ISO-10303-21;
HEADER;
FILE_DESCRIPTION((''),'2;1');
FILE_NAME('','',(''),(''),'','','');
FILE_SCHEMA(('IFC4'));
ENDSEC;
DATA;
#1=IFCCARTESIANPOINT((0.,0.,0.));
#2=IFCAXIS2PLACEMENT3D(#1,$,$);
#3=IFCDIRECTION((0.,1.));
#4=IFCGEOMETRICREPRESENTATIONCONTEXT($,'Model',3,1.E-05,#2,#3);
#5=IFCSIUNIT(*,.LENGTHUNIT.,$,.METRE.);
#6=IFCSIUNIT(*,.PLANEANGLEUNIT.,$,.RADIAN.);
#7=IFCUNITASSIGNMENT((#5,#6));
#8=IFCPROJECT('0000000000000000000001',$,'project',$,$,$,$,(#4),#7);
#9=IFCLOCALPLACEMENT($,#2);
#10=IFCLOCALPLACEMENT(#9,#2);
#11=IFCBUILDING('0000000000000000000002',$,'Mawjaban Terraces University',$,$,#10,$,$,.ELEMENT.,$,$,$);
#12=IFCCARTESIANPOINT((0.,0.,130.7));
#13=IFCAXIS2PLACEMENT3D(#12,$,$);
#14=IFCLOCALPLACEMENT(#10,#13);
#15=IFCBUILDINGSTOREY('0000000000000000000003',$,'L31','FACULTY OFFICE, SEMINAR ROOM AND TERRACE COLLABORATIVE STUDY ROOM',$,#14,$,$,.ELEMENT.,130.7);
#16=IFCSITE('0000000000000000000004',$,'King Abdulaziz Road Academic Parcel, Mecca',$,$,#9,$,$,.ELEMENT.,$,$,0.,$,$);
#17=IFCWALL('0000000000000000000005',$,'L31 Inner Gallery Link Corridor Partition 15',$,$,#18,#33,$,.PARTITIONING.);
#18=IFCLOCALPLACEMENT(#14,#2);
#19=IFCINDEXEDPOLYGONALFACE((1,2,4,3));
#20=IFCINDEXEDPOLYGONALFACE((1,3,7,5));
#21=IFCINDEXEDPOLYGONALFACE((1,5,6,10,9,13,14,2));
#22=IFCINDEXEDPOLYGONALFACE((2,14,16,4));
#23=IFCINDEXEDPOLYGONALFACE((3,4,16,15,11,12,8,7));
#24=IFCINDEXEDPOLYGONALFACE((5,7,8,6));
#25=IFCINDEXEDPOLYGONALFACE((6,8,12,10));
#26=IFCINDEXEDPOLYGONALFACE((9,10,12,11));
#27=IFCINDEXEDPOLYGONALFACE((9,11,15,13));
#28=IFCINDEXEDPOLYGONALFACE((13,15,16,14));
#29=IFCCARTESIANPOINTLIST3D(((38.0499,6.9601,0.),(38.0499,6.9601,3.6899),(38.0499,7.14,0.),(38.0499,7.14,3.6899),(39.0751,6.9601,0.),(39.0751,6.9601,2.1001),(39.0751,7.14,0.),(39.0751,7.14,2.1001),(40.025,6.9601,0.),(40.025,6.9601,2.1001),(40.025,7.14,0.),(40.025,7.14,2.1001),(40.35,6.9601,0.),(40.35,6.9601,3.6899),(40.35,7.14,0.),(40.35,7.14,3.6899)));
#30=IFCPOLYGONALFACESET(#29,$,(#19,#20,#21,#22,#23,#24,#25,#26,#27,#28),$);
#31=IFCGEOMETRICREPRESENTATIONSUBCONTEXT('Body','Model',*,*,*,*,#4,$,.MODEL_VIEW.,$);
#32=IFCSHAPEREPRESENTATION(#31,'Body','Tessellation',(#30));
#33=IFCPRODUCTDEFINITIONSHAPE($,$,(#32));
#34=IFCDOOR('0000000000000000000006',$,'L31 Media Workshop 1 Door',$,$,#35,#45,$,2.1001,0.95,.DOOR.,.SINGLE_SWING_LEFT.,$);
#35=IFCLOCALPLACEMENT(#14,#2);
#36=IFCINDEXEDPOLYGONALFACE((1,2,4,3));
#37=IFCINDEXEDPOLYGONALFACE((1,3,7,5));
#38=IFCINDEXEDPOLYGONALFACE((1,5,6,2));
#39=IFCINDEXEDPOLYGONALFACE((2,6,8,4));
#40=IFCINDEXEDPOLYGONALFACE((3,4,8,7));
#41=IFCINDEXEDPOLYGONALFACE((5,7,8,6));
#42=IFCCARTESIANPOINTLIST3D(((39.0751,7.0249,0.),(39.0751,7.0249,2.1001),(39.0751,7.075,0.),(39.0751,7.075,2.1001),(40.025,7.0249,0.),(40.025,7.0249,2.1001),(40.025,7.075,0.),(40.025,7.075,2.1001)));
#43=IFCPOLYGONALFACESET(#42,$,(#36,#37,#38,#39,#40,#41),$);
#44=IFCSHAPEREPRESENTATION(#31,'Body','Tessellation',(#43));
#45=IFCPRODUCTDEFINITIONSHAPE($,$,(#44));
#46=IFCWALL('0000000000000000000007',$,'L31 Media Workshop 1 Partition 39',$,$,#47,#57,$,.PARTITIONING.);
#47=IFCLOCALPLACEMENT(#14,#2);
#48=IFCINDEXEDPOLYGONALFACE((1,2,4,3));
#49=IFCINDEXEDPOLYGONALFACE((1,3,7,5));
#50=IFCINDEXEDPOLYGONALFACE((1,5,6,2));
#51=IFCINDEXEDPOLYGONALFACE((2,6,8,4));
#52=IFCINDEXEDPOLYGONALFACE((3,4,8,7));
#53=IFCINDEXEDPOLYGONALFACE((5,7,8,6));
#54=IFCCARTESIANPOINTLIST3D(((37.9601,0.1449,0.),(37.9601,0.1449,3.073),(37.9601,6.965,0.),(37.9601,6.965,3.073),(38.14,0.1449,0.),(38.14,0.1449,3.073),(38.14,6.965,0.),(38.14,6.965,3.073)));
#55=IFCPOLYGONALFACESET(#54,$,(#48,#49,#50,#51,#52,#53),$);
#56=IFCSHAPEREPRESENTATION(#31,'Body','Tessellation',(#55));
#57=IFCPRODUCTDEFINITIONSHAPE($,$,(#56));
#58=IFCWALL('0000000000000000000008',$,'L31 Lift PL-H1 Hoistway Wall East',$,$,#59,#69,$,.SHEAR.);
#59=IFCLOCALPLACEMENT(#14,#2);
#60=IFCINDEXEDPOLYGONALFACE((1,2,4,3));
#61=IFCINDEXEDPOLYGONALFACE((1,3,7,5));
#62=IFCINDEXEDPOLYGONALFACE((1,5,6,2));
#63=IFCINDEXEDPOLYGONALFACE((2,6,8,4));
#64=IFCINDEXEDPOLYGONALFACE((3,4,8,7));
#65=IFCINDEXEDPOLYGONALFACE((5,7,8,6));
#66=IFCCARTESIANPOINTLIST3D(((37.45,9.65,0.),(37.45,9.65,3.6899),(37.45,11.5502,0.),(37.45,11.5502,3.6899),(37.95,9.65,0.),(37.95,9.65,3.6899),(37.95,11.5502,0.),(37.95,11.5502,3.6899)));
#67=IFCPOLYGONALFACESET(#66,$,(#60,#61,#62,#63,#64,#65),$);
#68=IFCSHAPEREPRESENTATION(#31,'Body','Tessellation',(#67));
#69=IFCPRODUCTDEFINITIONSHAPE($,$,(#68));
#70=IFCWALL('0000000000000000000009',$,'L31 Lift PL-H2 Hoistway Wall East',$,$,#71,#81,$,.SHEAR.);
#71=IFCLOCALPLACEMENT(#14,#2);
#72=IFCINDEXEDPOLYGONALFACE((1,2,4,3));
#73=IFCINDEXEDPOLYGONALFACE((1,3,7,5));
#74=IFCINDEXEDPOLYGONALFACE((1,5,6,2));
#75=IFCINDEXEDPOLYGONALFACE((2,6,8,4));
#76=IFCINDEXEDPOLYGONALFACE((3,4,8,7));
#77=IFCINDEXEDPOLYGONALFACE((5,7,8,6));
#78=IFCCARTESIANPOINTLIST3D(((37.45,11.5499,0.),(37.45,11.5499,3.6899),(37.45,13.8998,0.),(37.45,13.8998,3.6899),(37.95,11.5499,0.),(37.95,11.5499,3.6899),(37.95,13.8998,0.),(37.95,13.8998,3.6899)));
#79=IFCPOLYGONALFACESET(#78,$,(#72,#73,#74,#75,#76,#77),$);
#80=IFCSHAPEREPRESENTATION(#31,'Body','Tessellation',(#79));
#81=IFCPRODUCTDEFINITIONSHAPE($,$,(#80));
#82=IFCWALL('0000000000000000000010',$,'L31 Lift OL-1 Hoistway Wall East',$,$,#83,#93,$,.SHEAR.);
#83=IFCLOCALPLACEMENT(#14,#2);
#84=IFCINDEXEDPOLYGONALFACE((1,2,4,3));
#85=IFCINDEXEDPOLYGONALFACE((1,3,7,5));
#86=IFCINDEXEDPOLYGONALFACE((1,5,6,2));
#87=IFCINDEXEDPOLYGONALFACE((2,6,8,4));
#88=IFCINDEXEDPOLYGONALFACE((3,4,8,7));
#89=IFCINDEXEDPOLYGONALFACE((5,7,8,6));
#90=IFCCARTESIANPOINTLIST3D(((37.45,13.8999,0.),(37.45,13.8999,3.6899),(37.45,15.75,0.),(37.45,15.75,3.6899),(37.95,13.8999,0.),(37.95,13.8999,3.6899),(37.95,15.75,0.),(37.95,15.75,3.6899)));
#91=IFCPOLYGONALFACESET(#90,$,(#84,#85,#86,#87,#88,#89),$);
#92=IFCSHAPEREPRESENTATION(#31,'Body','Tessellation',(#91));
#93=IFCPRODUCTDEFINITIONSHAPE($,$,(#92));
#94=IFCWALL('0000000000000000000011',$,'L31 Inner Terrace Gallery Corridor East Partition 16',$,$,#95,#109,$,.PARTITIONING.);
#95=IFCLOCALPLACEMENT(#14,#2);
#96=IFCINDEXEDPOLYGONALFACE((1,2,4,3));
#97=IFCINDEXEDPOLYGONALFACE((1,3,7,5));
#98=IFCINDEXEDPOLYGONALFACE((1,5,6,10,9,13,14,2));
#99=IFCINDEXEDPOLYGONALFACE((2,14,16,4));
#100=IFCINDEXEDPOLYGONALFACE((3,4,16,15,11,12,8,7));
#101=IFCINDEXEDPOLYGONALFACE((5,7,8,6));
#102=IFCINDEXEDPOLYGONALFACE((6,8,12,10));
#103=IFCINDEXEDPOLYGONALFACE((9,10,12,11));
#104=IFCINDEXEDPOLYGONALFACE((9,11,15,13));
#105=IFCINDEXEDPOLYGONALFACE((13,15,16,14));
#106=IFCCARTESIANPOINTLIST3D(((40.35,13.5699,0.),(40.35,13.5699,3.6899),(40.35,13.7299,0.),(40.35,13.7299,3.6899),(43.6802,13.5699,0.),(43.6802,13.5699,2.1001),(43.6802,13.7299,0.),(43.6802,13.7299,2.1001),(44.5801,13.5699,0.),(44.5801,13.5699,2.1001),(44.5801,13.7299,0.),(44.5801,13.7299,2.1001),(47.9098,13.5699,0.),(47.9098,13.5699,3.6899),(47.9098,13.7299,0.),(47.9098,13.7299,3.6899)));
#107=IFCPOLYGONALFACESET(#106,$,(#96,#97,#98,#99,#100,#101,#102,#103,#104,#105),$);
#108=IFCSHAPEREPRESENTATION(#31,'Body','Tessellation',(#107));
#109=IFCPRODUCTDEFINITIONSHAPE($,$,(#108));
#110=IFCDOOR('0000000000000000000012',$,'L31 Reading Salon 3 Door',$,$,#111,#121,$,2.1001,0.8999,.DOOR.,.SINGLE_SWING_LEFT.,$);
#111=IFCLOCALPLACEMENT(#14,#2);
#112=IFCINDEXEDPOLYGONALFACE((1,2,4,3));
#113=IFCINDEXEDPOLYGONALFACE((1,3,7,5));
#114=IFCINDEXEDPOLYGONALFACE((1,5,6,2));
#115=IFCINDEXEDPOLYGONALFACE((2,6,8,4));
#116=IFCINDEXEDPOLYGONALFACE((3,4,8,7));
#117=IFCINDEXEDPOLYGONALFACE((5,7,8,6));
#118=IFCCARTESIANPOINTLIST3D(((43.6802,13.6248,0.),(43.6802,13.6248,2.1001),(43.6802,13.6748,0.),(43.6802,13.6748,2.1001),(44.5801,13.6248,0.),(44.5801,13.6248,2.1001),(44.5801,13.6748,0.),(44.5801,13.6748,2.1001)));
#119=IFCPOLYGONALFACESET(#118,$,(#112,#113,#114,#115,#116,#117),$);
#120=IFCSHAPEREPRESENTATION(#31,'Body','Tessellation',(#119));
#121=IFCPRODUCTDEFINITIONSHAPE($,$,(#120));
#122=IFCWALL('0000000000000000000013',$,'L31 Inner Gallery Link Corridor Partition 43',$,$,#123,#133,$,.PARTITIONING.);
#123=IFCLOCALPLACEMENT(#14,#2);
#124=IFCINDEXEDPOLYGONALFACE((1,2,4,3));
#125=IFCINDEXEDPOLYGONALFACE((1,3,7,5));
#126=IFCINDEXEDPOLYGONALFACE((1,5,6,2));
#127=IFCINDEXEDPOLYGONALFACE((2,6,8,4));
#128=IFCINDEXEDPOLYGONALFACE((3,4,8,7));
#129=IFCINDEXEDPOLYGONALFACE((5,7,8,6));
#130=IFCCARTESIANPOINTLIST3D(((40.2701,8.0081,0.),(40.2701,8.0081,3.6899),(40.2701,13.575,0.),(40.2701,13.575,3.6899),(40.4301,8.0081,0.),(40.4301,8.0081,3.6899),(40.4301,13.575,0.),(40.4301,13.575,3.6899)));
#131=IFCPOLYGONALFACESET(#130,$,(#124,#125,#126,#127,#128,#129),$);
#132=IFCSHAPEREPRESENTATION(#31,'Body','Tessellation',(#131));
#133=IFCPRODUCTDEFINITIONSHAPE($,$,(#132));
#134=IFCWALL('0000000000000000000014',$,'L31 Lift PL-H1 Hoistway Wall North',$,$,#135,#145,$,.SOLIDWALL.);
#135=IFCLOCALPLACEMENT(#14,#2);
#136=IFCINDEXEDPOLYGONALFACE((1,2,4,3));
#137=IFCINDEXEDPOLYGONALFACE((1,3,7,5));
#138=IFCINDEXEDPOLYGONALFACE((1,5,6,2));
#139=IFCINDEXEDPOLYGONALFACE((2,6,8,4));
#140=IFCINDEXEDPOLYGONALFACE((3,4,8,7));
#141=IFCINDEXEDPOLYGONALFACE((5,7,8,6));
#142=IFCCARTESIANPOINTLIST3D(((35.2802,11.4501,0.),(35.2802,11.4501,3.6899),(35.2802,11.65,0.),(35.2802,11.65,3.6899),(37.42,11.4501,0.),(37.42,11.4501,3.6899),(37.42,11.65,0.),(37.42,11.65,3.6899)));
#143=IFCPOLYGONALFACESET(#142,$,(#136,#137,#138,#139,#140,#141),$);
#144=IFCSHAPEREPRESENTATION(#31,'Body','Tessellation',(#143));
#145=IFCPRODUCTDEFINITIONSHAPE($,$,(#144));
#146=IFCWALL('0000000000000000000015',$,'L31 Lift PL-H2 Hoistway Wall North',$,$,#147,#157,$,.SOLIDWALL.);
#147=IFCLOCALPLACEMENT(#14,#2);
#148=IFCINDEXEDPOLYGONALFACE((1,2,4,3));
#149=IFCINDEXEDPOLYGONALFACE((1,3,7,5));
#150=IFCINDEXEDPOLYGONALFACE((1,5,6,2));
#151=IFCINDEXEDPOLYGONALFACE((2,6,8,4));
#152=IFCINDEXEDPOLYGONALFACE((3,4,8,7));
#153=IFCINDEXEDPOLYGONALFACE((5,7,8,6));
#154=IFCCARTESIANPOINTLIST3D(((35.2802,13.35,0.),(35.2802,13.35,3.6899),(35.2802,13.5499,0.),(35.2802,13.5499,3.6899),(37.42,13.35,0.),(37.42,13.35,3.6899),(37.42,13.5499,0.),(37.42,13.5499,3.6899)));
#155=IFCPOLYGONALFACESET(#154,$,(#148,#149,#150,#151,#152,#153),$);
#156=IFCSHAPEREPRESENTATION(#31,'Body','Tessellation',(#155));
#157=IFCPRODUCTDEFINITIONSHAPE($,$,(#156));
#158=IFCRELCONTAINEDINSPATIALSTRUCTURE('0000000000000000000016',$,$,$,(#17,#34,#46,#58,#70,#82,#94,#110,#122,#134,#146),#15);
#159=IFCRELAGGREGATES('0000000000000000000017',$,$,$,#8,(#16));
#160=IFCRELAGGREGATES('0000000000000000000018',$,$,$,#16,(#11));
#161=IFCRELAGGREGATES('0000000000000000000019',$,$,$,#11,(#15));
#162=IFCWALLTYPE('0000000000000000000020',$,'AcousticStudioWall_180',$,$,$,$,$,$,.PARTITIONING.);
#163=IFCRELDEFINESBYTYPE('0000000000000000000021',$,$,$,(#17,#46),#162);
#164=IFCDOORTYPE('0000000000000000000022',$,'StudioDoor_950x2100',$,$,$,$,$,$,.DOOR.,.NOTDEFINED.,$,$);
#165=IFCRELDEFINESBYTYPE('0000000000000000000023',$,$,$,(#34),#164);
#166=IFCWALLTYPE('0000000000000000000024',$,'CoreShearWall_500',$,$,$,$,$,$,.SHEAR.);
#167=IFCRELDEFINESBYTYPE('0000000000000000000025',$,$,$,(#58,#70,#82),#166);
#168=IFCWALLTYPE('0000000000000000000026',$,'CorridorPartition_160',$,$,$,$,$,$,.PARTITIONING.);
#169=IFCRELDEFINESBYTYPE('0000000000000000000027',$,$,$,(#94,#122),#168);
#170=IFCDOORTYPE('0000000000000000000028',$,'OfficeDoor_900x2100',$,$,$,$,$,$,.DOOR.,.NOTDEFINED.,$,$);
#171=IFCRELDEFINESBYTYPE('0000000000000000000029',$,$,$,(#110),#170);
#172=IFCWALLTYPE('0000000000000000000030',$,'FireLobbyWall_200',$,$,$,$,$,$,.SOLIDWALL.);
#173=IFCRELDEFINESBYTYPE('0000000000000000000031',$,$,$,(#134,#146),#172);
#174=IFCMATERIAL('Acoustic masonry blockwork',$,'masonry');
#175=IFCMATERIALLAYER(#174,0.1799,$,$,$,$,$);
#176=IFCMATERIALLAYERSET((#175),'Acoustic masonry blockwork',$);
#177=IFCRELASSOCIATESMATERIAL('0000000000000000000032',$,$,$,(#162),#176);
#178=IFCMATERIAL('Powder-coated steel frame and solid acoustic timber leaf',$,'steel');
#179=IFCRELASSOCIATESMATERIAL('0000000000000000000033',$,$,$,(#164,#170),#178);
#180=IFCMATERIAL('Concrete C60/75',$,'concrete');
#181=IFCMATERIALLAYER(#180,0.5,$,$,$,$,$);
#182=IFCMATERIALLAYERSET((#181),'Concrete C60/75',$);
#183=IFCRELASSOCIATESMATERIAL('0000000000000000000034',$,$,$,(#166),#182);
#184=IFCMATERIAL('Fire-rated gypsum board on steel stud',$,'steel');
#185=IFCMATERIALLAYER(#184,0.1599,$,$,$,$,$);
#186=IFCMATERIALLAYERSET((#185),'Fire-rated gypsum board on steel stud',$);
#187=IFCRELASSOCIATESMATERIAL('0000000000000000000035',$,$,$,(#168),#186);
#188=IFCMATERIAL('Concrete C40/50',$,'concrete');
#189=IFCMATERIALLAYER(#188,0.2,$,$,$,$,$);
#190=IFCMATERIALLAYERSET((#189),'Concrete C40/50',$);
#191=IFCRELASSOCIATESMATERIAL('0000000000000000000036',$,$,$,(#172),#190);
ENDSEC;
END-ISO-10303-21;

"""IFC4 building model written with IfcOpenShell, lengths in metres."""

from ifc_helpers import new_model, si_unit, direction, frame, frame_2d, origin, place, context, subcontext, project, spatial, rectangle, extrude, material, layer, layer_set, type_object, element, fill, save


model = new_model("IFC4")

# Units and contexts
model_context = context("Model", 3, precision=1e-05, world=origin(), true_north=direction((0.0, 1.0)))
body_context = subcontext(model_context, "Body", "Model", "MODEL_VIEW")
ifc_project = project(units=[si_unit("LENGTHUNIT", "METRE"), si_unit("PLANEANGLEUNIT", "RADIAN")], contexts=[model_context])

# Site, building, storey
site_placement = place(None, origin())
site = spatial("IfcSite", under=ifc_project, at=site_placement, Name="King Abdulaziz Road Academic Parcel, Mecca", CompositionType="ELEMENT", RefElevation=0.0)
building_placement = place(site_placement, origin())
building = spatial("IfcBuilding", under=site, at=building_placement, Name="Mawjaban Terraces University", CompositionType="ELEMENT")
storey_placement = place(building_placement, frame((0.0, 0.0, 130.7)))
storey = spatial("IfcBuildingStorey", under=building, at=storey_placement, Name="L31", Description="FACULTY OFFICE, SEMINAR ROOM AND TERRACE COLLABORATIVE STUDY ROOM", CompositionType="ELEMENT", Elevation=130.7)

# Shared definitions
ifc_material_1 = material(Name="Concrete C60/75", Category="concrete")

# Wall, opening, door
ifc_material_2 = material(Name="Acoustic masonry blockwork", Category="masonry")
ifc_layer_1 = layer(ifc_material_2, 0.1799)
ifc_layer_set_1 = layer_set([ifc_layer_1], Name="Acoustic masonry blockwork")
wall_type_1 = type_object("IfcWallType", Name="AcousticStudioWall_180", PredefinedType="PARTITIONING", material=ifc_layer_set_1)
wall_1_placement = place(storey_placement, frame((38.05, 7.05, 0.0), z_axis=(0.0, 0.0, 1.0), x_axis=(1.0, 0.0, 0.0)))
wall_1 = element("IfcWall", 1, at=wall_1_placement, inside=storey, type_object=wall_type_1, Name="L31 Inner Gallery Link Corridor Partition 15", PredefinedType="PARTITIONING", context=body_context, shape_type="SweptSolid", body=[
    extrude(rectangle(XDim=2.3, YDim=0.1799, at=frame_2d((1.1499, 0.0))), origin(), (0.0, 0.0, 1.0), 3.6899),
])
opening_1_placement = place(wall_1_placement, frame((1.0249, 0.0, 0.0)))
opening_1 = element("IfcOpeningElement", 2, at=opening_1_placement, cuts=wall_1, PredefinedType="OPENING", context=body_context, shape_type="SweptSolid", body=[
    extrude(rectangle(XDim=0.95, YDim=2.1001, at=frame_2d((0.4751, 1.05))), frame((0.0, 0.0999, 0.0), z_axis=(0.0, -1.0, 0.0), x_axis=(1.0, 0.0, 0.0)), (0.0, 0.0, 1.0), 0.2),
])
ifc_material_3 = material(Name="Powder-coated steel frame and solid acoustic timber leaf", Category="steel")
door_type_1 = type_object("IfcDoorType", Name="StudioDoor_950x2100", OperationType="NOTDEFINED", PredefinedType="DOOR", material=ifc_material_3)
door_1_placement = place(opening_1_placement, origin())
door_1 = element("IfcDoor", 3, at=door_1_placement, inside=storey, type_object=door_type_1, Name="L31 Media Workshop 1 Door", OperationType="SINGLE_SWING_LEFT", OverallHeight=2.1001, OverallWidth=0.95, PredefinedType="DOOR", context=body_context, shape_type="SweptSolid", body=[
    extrude(rectangle(XDim=0.95, YDim=2.1001, at=frame_2d((0.4751, 1.05))), frame((0.0, 0.0249, 0.0), z_axis=(0.0, -1.0, 0.0), x_axis=(1.0, 0.0, 0.0)), (0.0, 0.0, 1.0), 0.05),
])
fill(opening_1, door_1)

# Walls
wall_2_placement = place(storey_placement, frame((38.05, 6.9651, 0.0), z_axis=(0.0, 0.0, 1.0), x_axis=(0.0, -1.0, 0.0)))
element("IfcWall", 4, at=wall_2_placement, inside=storey, type_object=wall_type_1, Name="L31 Media Workshop 1 Partition 39", PredefinedType="PARTITIONING", context=body_context, shape_type="SweptSolid", body=[
    extrude(rectangle(XDim=6.8201, YDim=0.1799, at=frame_2d((3.4102, 0.0))), origin(), (0.0, 0.0, 1.0), 3.073),
])
ifc_layer_2 = layer(ifc_material_1, 0.5)
ifc_layer_set_2 = layer_set([ifc_layer_2], Name="Concrete C60/75")
wall_type_2 = type_object("IfcWallType", Name="CoreShearWall_500", PredefinedType="SHEAR", material=ifc_layer_set_2)
wall_3_placement = place(storey_placement, frame((37.7, 9.6499, 0.0), z_axis=(0.0, 0.0, 1.0), x_axis=(0.0, 1.0, 0.0)))
element("IfcWall", 5, at=wall_3_placement, inside=storey, type_object=wall_type_2, Name="L31 Lift PL-H1 Hoistway Wall East", PredefinedType="SHEAR", context=body_context, shape_type="SweptSolid", body=[
    extrude(rectangle(XDim=1.9001, YDim=0.5, at=frame_2d((0.9502, 0.0))), origin(), (0.0, 0.0, 1.0), 3.6899),
])
wall_4_placement = place(storey_placement, frame((37.7, 11.55, 0.0), z_axis=(0.0, 0.0, 1.0), x_axis=(0.0, 1.0, 0.0)))
element("IfcWall", 6, at=wall_4_placement, inside=storey, type_object=wall_type_2, Name="L31 Lift PL-H2 Hoistway Wall East", PredefinedType="SHEAR", context=body_context, shape_type="SweptSolid", body=[
    extrude(rectangle(XDim=2.3499, YDim=0.5, at=frame_2d((1.1748, 0.0))), origin(), (0.0, 0.0, 1.0), 3.6899),
])
wall_5_placement = place(storey_placement, frame((37.7, 13.8999, 0.0), z_axis=(0.0, 0.0, 1.0), x_axis=(0.0, 1.0, 0.0)))
element("IfcWall", 7, at=wall_5_placement, inside=storey, type_object=wall_type_2, Name="L31 Lift OL-1 Hoistway Wall East", PredefinedType="SHEAR", context=body_context, shape_type="SweptSolid", body=[
    extrude(rectangle(XDim=1.8501, YDim=0.5, at=frame_2d((0.925, 0.0))), origin(), (0.0, 0.0, 1.0), 3.6899),
])

# Wall, opening, door
ifc_material_4 = material(Name="Fire-rated gypsum board on steel stud", Category="steel")
ifc_layer_3 = layer(ifc_material_4, 0.1599)
ifc_layer_set_3 = layer_set([ifc_layer_3], Name="Fire-rated gypsum board on steel stud")
wall_type_3 = type_object("IfcWallType", Name="CorridorPartition_160", PredefinedType="PARTITIONING", material=ifc_layer_set_3)
wall_6_placement = place(storey_placement, frame((40.3501, 13.6499, 0.0), z_axis=(0.0, 0.0, 1.0), x_axis=(1.0, 0.0, 0.0)))
wall_6 = element("IfcWall", 8, at=wall_6_placement, inside=storey, type_object=wall_type_3, Name="L31 Inner Terrace Gallery Corridor East Partition 16", PredefinedType="PARTITIONING", context=body_context, shape_type="SweptSolid", body=[
    extrude(rectangle(XDim=7.5598, YDim=0.1599, at=frame_2d((3.7798, 0.0))), origin(), (0.0, 0.0, 1.0), 3.6899),
])
opening_2_placement = place(wall_6_placement, frame((3.3301, 0.0, 0.0)))
opening_2 = element("IfcOpeningElement", 9, at=opening_2_placement, cuts=wall_6, PredefinedType="OPENING", context=body_context, shape_type="SweptSolid", body=[
    extrude(rectangle(XDim=0.8999, YDim=2.1001, at=frame_2d((0.45, 1.05))), frame((0.0, 0.0898, 0.0), z_axis=(0.0, -1.0, 0.0), x_axis=(1.0, 0.0, 0.0)), (0.0, 0.0, 1.0), 0.1799),
])
door_type_2 = type_object("IfcDoorType", Name="OfficeDoor_900x2100", OperationType="NOTDEFINED", PredefinedType="DOOR", material=ifc_material_3)
door_2_placement = place(opening_2_placement, origin())
door_2 = element("IfcDoor", 10, at=door_2_placement, inside=storey, type_object=door_type_2, Name="L31 Reading Salon 3 Door", OperationType="SINGLE_SWING_LEFT", OverallHeight=2.1001, OverallWidth=0.8999, PredefinedType="DOOR", context=body_context, shape_type="SweptSolid", body=[
    extrude(rectangle(XDim=0.8999, YDim=2.1001, at=frame_2d((0.45, 1.05))), frame((0.0, 0.0249, 0.0), z_axis=(0.0, -1.0, 0.0), x_axis=(1.0, 0.0, 0.0)), (0.0, 0.0, 1.0), 0.05),
])
fill(opening_2, door_2)

# Walls
wall_7_placement = place(storey_placement, frame((40.3501, 8.0081, 0.0), z_axis=(0.0, 0.0, 1.0), x_axis=(0.0, 1.0, 0.0)))
element("IfcWall", 11, at=wall_7_placement, inside=storey, type_object=wall_type_3, Name="L31 Inner Gallery Link Corridor Partition 43", PredefinedType="PARTITIONING", context=body_context, shape_type="SweptSolid", body=[
    extrude(rectangle(XDim=5.5669, YDim=0.1599, at=frame_2d((2.7834, 0.0))), origin(), (0.0, 0.0, 1.0), 3.6899),
])
ifc_material_5 = material(Name="Concrete C40/50", Category="concrete")
ifc_layer_4 = layer(ifc_material_5, 0.2)
ifc_layer_set_4 = layer_set([ifc_layer_4], Name="Concrete C40/50")
wall_type_4 = type_object("IfcWallType", Name="FireLobbyWall_200", PredefinedType="SOLIDWALL", material=ifc_layer_set_4)
for number, where, z_axis, x_axis, name in (
    (12, (37.4199, 11.55, 0.0), (0.0, 0.0, 1.0), (-1.0, 0.0, 0.0), "L31 Lift PL-H1 Hoistway Wall North"),
    (13, (37.4199, 13.45, 0.0), (0.0, 0.0, 1.0), (-1.0, 0.0, 0.0), "L31 Lift PL-H2 Hoistway Wall North"),
):
    element("IfcWall", number, at=place(storey_placement, frame(where, z_axis=z_axis, x_axis=x_axis)), inside=storey, type_object=wall_type_4, Name=name, PredefinedType="SOLIDWALL", context=body_context, shape_type="SweptSolid", body=[
        extrude(rectangle(XDim=2.1399, YDim=0.2, at=frame_2d((1.0698, 0.0))), origin(), (0.0, 0.0, 1.0), 3.6899),
    ])

save(model, "model.ifc")
